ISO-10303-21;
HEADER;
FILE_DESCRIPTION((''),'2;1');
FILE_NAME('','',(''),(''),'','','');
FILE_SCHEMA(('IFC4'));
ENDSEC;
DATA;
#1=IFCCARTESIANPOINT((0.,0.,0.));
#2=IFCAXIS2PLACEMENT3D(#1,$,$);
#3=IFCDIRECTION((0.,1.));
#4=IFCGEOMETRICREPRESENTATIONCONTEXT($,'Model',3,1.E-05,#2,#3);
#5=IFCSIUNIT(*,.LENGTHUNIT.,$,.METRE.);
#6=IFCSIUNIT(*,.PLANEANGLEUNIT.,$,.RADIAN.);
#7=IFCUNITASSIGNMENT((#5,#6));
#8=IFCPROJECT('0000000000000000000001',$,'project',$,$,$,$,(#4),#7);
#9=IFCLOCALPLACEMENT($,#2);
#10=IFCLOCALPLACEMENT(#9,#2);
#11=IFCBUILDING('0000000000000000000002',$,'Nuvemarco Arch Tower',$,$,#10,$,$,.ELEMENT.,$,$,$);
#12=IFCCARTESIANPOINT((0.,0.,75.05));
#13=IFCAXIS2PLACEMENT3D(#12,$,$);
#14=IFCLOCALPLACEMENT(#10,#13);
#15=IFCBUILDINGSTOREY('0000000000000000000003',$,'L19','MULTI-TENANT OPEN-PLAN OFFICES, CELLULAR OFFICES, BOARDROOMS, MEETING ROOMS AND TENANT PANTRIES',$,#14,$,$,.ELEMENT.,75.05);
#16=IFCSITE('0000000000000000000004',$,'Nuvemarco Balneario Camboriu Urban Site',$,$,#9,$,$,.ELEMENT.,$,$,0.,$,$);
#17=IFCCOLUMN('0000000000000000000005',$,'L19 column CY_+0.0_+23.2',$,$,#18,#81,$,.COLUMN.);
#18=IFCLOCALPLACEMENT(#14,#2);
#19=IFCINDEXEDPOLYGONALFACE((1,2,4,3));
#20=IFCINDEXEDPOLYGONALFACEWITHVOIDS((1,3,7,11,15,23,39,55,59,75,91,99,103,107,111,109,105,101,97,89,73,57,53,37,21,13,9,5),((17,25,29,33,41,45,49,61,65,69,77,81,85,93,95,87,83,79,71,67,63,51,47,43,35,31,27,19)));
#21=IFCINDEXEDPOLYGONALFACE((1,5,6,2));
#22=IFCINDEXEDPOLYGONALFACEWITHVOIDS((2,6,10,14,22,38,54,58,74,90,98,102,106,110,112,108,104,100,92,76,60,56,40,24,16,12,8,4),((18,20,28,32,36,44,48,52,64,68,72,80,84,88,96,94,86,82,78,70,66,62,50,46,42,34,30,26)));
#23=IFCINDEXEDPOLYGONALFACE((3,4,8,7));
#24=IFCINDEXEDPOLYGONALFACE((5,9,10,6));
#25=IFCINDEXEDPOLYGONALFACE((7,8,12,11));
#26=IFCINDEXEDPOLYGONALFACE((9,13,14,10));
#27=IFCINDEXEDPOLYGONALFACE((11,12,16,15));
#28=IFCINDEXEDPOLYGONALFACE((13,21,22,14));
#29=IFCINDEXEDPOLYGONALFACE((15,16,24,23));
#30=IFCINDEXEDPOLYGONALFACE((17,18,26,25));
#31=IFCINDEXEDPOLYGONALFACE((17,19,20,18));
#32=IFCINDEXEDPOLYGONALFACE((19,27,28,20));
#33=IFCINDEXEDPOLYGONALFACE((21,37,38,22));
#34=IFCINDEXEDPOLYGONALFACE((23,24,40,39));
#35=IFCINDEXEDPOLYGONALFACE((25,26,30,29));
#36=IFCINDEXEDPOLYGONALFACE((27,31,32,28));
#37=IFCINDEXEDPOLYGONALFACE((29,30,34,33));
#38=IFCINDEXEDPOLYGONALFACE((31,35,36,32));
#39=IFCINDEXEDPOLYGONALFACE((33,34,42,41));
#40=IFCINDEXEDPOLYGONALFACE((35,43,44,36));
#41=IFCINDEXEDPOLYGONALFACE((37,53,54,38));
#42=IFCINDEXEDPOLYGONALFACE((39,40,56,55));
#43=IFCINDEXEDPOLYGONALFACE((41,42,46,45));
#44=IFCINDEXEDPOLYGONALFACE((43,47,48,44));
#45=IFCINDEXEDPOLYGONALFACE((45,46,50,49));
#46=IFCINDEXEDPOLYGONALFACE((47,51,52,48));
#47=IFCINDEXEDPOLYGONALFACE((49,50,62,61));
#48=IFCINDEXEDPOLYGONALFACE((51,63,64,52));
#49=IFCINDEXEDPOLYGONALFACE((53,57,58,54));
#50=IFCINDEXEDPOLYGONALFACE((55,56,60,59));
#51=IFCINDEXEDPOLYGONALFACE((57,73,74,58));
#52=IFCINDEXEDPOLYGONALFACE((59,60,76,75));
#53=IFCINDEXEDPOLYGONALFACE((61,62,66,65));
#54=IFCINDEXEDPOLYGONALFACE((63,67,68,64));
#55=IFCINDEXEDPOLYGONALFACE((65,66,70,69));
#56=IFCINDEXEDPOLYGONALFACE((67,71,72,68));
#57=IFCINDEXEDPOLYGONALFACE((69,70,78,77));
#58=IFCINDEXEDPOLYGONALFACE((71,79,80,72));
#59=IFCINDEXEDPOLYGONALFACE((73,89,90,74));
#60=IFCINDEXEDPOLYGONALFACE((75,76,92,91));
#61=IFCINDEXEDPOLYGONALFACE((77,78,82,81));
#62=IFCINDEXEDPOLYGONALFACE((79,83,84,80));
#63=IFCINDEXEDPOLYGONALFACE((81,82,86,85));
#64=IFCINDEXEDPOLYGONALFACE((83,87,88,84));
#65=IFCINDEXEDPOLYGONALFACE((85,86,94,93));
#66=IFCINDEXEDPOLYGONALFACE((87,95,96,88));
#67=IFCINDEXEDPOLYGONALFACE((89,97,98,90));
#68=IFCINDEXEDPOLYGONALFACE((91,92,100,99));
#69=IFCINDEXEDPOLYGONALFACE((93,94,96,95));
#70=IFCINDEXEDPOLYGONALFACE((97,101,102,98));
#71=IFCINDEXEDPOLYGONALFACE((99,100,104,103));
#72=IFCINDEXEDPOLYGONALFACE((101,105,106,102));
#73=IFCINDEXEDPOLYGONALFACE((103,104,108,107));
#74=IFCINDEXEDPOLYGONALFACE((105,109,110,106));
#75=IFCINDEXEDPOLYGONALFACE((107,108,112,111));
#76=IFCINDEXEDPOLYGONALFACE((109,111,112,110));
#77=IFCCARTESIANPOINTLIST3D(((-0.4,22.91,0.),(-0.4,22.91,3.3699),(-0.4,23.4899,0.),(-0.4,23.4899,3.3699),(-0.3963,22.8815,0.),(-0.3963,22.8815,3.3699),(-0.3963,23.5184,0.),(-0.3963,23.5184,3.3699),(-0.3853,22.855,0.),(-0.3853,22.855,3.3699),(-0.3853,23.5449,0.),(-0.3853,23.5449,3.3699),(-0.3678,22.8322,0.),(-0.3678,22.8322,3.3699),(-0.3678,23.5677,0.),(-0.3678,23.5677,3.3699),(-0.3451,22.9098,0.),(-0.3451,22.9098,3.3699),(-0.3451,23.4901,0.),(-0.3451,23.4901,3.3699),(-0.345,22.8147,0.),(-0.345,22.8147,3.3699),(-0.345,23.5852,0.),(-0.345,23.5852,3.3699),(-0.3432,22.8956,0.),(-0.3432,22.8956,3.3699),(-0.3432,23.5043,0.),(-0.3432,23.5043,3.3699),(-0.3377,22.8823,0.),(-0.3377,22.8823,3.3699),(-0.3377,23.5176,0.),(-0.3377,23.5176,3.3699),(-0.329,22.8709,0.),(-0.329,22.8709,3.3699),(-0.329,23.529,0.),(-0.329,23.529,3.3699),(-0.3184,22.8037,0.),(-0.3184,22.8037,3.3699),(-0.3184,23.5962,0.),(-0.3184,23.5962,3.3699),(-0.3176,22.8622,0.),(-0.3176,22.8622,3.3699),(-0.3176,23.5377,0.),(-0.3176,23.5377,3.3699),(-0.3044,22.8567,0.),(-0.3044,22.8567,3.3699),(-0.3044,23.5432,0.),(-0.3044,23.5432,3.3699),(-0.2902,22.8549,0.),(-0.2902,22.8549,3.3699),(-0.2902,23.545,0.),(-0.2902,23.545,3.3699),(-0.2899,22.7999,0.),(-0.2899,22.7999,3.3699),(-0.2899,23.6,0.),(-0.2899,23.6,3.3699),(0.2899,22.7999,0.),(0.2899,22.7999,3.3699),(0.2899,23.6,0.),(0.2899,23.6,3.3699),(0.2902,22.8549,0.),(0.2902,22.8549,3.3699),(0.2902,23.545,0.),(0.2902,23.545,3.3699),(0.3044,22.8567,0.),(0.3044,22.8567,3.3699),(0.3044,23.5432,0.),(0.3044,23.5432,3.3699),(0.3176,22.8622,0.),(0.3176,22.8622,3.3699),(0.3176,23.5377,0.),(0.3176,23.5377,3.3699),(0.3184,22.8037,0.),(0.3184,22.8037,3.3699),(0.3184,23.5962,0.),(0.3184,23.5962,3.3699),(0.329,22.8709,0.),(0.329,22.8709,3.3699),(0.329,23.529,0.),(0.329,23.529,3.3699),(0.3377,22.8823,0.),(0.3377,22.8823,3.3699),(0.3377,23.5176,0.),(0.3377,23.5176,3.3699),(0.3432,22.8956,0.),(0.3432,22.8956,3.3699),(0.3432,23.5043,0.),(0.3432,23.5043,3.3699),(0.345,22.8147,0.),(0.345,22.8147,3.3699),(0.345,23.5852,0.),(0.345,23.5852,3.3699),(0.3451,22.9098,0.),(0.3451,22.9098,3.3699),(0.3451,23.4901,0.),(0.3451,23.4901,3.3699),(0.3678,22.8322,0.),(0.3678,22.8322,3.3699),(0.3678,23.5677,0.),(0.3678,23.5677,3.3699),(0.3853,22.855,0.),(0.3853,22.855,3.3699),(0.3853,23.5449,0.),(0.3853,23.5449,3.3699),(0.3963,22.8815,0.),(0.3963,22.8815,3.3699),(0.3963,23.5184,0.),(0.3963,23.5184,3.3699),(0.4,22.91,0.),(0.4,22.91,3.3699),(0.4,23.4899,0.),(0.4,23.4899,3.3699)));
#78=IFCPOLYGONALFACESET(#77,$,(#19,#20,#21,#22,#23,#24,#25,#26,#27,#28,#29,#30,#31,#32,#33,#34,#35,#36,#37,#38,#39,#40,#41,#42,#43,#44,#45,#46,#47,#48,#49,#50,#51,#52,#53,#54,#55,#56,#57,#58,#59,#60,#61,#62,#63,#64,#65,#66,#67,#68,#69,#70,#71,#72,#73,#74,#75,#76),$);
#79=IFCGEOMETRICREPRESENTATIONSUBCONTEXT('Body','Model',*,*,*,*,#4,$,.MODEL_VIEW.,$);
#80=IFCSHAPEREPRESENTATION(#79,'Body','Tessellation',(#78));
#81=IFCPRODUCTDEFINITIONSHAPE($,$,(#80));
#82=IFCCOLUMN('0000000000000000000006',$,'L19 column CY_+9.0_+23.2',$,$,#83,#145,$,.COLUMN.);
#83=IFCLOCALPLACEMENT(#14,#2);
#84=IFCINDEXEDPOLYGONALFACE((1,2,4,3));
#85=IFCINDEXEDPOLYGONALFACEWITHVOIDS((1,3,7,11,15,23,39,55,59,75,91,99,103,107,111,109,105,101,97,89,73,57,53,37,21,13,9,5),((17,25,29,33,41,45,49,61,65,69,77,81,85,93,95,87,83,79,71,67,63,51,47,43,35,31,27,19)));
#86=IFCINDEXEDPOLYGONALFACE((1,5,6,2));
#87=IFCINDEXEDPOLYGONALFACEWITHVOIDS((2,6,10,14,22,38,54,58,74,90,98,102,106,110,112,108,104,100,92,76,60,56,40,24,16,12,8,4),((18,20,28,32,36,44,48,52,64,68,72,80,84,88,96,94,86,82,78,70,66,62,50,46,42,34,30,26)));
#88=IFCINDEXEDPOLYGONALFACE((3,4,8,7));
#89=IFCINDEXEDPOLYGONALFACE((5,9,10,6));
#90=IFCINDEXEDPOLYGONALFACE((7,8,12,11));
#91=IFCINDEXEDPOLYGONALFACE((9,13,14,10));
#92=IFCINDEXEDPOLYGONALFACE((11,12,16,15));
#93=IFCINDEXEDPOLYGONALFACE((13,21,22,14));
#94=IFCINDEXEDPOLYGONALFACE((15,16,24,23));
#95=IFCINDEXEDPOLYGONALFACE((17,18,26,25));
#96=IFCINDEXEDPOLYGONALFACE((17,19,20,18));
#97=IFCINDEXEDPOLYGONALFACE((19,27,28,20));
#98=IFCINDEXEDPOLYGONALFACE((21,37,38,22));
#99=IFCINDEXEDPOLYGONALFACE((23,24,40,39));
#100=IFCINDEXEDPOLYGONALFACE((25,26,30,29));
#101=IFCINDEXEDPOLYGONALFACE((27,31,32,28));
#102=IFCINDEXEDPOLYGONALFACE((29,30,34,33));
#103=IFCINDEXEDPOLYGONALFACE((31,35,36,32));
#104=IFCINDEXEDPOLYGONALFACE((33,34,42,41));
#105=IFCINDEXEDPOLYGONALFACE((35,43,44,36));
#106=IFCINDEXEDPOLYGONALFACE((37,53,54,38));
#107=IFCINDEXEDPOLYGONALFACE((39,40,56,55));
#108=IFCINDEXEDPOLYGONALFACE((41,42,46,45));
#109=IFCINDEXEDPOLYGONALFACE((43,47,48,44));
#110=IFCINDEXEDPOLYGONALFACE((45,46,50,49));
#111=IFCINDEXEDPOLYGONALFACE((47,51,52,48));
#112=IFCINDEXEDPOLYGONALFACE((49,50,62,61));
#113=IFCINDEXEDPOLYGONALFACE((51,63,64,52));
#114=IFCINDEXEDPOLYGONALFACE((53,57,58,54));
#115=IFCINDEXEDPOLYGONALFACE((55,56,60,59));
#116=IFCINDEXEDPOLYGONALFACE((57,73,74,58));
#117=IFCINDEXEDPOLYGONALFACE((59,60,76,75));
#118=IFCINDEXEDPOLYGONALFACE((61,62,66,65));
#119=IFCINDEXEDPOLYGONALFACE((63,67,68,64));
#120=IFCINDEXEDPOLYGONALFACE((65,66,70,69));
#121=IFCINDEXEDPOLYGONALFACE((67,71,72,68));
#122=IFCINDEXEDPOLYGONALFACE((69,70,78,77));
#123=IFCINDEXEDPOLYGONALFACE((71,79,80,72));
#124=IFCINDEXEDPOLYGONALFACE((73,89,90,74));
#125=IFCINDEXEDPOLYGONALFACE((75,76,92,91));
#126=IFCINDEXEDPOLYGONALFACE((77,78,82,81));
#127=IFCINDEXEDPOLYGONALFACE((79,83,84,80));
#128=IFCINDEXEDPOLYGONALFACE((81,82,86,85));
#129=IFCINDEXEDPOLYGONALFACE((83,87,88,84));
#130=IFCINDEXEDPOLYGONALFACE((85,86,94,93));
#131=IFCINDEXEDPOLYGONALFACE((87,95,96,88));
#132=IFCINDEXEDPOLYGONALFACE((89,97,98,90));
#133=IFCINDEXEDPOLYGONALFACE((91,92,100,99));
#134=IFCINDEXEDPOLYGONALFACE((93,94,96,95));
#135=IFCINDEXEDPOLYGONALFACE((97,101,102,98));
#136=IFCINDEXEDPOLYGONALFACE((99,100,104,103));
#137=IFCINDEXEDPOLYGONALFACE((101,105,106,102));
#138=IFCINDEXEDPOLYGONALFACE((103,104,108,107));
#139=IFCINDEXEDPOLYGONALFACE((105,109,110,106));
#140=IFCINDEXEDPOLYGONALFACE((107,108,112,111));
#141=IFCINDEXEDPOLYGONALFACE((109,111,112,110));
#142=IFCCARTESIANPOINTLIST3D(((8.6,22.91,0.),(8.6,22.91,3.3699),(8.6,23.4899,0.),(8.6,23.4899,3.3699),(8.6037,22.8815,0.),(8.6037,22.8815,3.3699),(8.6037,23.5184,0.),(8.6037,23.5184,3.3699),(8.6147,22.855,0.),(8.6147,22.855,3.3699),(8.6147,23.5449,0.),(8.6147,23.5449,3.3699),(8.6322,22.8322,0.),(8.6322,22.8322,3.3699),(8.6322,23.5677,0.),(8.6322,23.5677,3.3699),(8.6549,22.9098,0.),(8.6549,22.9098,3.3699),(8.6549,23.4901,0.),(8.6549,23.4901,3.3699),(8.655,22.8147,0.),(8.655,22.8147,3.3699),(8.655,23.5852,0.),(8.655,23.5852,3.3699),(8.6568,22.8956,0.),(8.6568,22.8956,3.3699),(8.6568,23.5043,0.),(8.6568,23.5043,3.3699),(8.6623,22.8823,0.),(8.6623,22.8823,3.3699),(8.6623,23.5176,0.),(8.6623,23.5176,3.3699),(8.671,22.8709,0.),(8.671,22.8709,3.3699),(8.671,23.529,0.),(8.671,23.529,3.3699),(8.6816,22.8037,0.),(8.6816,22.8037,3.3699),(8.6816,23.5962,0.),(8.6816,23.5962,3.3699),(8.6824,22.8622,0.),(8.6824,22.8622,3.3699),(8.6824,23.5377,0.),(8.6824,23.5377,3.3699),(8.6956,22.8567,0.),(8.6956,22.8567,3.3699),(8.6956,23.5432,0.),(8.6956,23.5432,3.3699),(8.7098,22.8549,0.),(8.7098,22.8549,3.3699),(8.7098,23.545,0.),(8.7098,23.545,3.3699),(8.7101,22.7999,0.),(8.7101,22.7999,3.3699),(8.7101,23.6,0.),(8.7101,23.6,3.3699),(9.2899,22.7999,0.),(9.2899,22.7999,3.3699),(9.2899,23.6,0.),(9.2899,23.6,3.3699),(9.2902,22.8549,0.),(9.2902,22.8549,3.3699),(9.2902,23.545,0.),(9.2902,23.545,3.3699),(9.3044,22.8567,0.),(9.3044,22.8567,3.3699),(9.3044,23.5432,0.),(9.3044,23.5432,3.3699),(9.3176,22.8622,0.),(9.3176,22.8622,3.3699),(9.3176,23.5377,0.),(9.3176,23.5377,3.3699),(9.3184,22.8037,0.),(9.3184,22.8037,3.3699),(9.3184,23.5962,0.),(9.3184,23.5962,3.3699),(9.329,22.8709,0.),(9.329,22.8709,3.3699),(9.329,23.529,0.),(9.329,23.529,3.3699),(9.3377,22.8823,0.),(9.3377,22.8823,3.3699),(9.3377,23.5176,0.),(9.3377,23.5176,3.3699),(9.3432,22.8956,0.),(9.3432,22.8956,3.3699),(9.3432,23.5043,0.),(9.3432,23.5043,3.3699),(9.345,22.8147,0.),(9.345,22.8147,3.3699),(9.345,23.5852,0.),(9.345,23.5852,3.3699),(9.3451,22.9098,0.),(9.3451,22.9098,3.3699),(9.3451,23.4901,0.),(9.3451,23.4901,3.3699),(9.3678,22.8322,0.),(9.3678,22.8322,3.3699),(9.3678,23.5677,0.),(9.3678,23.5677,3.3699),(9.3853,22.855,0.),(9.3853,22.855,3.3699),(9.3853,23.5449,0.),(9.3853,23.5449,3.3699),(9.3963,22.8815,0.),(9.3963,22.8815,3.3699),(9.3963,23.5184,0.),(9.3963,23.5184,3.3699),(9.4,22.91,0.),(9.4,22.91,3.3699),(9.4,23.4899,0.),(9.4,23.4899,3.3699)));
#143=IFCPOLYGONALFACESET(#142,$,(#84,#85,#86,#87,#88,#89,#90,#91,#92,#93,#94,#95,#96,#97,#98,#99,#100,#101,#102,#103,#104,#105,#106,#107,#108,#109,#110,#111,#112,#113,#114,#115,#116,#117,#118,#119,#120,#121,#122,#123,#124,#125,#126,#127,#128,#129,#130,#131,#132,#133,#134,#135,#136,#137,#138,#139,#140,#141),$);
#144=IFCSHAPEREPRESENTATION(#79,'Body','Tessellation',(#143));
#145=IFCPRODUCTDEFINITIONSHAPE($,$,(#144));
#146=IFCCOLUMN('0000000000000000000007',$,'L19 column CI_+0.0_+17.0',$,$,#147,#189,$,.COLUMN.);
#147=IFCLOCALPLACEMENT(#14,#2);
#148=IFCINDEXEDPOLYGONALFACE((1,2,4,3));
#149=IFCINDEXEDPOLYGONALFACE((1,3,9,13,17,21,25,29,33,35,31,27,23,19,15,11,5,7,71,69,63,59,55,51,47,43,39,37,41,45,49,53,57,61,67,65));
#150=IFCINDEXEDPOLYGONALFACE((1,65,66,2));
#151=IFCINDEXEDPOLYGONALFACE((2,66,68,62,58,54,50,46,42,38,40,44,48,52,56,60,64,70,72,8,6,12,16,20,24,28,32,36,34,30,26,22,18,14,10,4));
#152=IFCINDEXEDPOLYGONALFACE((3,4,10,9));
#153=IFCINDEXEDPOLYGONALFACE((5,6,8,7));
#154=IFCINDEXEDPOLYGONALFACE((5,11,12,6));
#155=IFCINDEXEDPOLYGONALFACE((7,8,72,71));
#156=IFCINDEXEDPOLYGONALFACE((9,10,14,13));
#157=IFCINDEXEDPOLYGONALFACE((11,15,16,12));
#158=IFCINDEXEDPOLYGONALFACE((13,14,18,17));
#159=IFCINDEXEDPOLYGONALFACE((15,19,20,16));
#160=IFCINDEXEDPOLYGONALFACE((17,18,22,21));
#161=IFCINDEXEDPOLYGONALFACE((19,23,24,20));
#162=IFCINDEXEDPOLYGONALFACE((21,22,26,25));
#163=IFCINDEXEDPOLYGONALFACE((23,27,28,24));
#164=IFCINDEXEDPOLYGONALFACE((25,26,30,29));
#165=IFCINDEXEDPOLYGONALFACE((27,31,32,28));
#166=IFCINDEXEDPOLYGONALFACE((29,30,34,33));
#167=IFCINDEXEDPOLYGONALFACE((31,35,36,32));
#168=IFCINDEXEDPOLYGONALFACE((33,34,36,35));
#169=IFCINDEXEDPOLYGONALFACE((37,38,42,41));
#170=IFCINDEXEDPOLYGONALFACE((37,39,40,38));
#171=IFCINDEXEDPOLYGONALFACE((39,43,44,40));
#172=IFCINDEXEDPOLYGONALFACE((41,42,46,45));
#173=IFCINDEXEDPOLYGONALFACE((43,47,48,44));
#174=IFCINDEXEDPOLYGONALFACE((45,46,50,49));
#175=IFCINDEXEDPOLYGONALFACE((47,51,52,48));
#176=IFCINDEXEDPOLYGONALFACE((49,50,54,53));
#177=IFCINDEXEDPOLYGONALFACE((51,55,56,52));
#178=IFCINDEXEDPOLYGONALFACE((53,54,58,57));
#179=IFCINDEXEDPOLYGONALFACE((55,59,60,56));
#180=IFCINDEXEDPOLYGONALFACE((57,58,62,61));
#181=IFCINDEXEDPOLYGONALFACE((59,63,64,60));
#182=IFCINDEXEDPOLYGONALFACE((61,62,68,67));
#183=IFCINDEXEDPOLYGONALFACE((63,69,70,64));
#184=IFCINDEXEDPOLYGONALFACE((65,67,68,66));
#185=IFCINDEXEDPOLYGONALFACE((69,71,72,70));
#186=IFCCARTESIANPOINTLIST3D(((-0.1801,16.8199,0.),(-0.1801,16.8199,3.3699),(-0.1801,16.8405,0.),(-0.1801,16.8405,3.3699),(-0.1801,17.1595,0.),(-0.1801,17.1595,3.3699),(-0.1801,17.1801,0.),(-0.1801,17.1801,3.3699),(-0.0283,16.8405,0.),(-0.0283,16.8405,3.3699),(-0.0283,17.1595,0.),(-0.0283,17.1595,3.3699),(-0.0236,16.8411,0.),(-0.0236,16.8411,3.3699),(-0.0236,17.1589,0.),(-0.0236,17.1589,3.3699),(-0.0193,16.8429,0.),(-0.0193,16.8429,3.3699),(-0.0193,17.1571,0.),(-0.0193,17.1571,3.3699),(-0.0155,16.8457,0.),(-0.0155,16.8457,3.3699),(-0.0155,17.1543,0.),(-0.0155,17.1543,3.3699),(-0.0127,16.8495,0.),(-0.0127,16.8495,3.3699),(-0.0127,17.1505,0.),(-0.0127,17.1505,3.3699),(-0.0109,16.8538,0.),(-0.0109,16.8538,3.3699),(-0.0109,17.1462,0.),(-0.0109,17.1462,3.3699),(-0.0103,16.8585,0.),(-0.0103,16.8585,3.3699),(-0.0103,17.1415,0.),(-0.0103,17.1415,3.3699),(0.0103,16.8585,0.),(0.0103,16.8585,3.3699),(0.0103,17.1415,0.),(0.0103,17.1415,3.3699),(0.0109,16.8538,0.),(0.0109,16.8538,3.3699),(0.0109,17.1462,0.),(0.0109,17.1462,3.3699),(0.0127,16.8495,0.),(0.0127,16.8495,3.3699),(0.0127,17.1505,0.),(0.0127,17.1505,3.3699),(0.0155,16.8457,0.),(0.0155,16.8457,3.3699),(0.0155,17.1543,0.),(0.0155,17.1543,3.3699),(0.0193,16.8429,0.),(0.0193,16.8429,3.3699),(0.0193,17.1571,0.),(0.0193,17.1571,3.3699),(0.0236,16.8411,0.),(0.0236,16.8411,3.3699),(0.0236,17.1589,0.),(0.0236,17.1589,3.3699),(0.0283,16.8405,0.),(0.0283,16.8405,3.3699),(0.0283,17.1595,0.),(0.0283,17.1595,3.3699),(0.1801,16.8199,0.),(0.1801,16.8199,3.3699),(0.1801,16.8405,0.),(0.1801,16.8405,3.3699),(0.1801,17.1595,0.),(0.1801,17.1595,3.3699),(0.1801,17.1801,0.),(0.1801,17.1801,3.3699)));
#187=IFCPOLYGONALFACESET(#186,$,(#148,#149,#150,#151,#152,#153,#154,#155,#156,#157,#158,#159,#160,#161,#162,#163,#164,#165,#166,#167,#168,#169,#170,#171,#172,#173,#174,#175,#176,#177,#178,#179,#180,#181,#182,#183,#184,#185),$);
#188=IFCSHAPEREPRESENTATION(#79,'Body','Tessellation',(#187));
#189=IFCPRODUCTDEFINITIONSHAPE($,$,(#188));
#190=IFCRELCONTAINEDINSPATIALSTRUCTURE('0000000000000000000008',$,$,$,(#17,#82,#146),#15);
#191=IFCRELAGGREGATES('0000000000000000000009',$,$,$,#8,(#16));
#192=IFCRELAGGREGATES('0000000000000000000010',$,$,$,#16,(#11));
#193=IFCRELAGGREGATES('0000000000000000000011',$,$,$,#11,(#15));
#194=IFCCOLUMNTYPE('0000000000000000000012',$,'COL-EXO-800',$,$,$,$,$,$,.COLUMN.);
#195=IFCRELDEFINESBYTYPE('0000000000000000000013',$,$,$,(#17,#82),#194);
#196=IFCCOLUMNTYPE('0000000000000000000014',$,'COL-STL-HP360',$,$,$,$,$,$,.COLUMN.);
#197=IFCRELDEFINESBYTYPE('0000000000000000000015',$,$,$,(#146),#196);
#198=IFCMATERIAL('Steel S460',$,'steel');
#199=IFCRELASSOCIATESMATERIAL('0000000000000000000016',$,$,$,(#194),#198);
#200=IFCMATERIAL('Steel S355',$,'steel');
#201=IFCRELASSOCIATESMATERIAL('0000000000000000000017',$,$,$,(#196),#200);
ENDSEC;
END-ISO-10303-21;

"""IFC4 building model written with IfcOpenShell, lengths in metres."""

from ifc_helpers import new_model, si_unit, direction, frame, origin, origin_2d, place, context, subcontext, project, spatial, hollow_rectangle, i_section, extrude, material, material_profile, profile_set, type_object, element, save


model = new_model("IFC4")

# Units and contexts
model_context = context("Model", 3, precision=1e-05, world=origin(), true_north=direction((0.0, 1.0)))
body_context = subcontext(model_context, "Body", "Model", "MODEL_VIEW")
ifc_project = project(units=[si_unit("LENGTHUNIT", "METRE"), si_unit("PLANEANGLEUNIT", "RADIAN")], contexts=[model_context])

# Site, building, storey
site_placement = place(None, origin())
site = spatial("IfcSite", under=ifc_project, at=site_placement, Name="Nuvemarco Balneario Camboriu Urban Site", CompositionType="ELEMENT", RefElevation=0.0)
building_placement = place(site_placement, origin())
building = spatial("IfcBuilding", under=site, at=building_placement, Name="Nuvemarco Arch Tower", CompositionType="ELEMENT")
storey_placement = place(building_placement, frame((0.0, 0.0, 75.05)))
storey = spatial("IfcBuildingStorey", under=building, at=storey_placement, Name="L19", Description="MULTI-TENANT OPEN-PLAN OFFICES, CELLULAR OFFICES, BOARDROOMS, MEETING ROOMS AND TENANT PANTRIES", CompositionType="ELEMENT", Elevation=75.05)

# Columns
ifc_material_1 = material(Name="Steel S460", Category="steel")
ifc_material_profile_1 = material_profile(ifc_material_1, hollow_rectangle(XDim=0.8, YDim=0.8, WallThickness=0.0549, InnerFilletRadius=0.0549, OuterFilletRadius=0.1101, at=origin_2d()), Name="SHS800x800x55")
ifc_profile_set_1 = profile_set([ifc_material_profile_1], Name="Steel S460")
column_type_1 = type_object("IfcColumnType", Name="COL-EXO-800", PredefinedType="COLUMN", material=ifc_profile_set_1)
for number, where, z_axis, x_axis, name in (
    (1, (0.0, 23.2, 0.0), (0.0, 0.0, 1.0), (1.0, 0.0, 0.0), "L19 column CY_+0.0_+23.2"),
    (2, (9.0, 23.2, 0.0), (0.0, 0.0, 1.0), (1.0, 0.0, 0.0), "L19 column CY_+9.0_+23.2"),
):
    element("IfcColumn", number, at=place(storey_placement, frame(where, z_axis=z_axis, x_axis=x_axis)), inside=storey, type_object=column_type_1, Name=name, PredefinedType="COLUMN", context=body_context, shape_type="SweptSolid", body=[
        extrude(hollow_rectangle(XDim=0.8, YDim=0.8, WallThickness=0.0549, InnerFilletRadius=0.0549, OuterFilletRadius=0.1101, at=origin_2d()), origin(), (0.0, 0.0, 1.0), 3.3699),
    ])
ifc_material_2 = material(Name="Steel S355", Category="steel")
ifc_material_profile_2 = material_profile(ifc_material_2, i_section(OverallWidth=0.3601, OverallDepth=0.3601, WebThickness=0.0205, FlangeThickness=0.0205, FilletRadius=0.0181, at=origin_2d()), Name="HP360x174")
ifc_profile_set_2 = profile_set([ifc_material_profile_2], Name="Steel S355")
column_type_2 = type_object("IfcColumnType", Name="COL-STL-HP360", PredefinedType="COLUMN", material=ifc_profile_set_2)
for number, where, z_axis, x_axis, name in (
    (3, (0.0, 17.0, 0.0), (0.0, 0.0, 1.0), (1.0, 0.0, 0.0), "L19 column CI_+0.0_+17.0"),
):
    element("IfcColumn", number, at=place(storey_placement, frame(where, z_axis=z_axis, x_axis=x_axis)), inside=storey, type_object=column_type_2, Name=name, PredefinedType="COLUMN", context=body_context, shape_type="SweptSolid", body=[
        extrude(i_section(OverallWidth=0.3601, OverallDepth=0.3601, WebThickness=0.0205, FlangeThickness=0.0205, FilletRadius=0.0181, at=origin_2d()), origin(), (0.0, 0.0, 1.0), 3.3699),
    ])

save(model, "model.ifc")
